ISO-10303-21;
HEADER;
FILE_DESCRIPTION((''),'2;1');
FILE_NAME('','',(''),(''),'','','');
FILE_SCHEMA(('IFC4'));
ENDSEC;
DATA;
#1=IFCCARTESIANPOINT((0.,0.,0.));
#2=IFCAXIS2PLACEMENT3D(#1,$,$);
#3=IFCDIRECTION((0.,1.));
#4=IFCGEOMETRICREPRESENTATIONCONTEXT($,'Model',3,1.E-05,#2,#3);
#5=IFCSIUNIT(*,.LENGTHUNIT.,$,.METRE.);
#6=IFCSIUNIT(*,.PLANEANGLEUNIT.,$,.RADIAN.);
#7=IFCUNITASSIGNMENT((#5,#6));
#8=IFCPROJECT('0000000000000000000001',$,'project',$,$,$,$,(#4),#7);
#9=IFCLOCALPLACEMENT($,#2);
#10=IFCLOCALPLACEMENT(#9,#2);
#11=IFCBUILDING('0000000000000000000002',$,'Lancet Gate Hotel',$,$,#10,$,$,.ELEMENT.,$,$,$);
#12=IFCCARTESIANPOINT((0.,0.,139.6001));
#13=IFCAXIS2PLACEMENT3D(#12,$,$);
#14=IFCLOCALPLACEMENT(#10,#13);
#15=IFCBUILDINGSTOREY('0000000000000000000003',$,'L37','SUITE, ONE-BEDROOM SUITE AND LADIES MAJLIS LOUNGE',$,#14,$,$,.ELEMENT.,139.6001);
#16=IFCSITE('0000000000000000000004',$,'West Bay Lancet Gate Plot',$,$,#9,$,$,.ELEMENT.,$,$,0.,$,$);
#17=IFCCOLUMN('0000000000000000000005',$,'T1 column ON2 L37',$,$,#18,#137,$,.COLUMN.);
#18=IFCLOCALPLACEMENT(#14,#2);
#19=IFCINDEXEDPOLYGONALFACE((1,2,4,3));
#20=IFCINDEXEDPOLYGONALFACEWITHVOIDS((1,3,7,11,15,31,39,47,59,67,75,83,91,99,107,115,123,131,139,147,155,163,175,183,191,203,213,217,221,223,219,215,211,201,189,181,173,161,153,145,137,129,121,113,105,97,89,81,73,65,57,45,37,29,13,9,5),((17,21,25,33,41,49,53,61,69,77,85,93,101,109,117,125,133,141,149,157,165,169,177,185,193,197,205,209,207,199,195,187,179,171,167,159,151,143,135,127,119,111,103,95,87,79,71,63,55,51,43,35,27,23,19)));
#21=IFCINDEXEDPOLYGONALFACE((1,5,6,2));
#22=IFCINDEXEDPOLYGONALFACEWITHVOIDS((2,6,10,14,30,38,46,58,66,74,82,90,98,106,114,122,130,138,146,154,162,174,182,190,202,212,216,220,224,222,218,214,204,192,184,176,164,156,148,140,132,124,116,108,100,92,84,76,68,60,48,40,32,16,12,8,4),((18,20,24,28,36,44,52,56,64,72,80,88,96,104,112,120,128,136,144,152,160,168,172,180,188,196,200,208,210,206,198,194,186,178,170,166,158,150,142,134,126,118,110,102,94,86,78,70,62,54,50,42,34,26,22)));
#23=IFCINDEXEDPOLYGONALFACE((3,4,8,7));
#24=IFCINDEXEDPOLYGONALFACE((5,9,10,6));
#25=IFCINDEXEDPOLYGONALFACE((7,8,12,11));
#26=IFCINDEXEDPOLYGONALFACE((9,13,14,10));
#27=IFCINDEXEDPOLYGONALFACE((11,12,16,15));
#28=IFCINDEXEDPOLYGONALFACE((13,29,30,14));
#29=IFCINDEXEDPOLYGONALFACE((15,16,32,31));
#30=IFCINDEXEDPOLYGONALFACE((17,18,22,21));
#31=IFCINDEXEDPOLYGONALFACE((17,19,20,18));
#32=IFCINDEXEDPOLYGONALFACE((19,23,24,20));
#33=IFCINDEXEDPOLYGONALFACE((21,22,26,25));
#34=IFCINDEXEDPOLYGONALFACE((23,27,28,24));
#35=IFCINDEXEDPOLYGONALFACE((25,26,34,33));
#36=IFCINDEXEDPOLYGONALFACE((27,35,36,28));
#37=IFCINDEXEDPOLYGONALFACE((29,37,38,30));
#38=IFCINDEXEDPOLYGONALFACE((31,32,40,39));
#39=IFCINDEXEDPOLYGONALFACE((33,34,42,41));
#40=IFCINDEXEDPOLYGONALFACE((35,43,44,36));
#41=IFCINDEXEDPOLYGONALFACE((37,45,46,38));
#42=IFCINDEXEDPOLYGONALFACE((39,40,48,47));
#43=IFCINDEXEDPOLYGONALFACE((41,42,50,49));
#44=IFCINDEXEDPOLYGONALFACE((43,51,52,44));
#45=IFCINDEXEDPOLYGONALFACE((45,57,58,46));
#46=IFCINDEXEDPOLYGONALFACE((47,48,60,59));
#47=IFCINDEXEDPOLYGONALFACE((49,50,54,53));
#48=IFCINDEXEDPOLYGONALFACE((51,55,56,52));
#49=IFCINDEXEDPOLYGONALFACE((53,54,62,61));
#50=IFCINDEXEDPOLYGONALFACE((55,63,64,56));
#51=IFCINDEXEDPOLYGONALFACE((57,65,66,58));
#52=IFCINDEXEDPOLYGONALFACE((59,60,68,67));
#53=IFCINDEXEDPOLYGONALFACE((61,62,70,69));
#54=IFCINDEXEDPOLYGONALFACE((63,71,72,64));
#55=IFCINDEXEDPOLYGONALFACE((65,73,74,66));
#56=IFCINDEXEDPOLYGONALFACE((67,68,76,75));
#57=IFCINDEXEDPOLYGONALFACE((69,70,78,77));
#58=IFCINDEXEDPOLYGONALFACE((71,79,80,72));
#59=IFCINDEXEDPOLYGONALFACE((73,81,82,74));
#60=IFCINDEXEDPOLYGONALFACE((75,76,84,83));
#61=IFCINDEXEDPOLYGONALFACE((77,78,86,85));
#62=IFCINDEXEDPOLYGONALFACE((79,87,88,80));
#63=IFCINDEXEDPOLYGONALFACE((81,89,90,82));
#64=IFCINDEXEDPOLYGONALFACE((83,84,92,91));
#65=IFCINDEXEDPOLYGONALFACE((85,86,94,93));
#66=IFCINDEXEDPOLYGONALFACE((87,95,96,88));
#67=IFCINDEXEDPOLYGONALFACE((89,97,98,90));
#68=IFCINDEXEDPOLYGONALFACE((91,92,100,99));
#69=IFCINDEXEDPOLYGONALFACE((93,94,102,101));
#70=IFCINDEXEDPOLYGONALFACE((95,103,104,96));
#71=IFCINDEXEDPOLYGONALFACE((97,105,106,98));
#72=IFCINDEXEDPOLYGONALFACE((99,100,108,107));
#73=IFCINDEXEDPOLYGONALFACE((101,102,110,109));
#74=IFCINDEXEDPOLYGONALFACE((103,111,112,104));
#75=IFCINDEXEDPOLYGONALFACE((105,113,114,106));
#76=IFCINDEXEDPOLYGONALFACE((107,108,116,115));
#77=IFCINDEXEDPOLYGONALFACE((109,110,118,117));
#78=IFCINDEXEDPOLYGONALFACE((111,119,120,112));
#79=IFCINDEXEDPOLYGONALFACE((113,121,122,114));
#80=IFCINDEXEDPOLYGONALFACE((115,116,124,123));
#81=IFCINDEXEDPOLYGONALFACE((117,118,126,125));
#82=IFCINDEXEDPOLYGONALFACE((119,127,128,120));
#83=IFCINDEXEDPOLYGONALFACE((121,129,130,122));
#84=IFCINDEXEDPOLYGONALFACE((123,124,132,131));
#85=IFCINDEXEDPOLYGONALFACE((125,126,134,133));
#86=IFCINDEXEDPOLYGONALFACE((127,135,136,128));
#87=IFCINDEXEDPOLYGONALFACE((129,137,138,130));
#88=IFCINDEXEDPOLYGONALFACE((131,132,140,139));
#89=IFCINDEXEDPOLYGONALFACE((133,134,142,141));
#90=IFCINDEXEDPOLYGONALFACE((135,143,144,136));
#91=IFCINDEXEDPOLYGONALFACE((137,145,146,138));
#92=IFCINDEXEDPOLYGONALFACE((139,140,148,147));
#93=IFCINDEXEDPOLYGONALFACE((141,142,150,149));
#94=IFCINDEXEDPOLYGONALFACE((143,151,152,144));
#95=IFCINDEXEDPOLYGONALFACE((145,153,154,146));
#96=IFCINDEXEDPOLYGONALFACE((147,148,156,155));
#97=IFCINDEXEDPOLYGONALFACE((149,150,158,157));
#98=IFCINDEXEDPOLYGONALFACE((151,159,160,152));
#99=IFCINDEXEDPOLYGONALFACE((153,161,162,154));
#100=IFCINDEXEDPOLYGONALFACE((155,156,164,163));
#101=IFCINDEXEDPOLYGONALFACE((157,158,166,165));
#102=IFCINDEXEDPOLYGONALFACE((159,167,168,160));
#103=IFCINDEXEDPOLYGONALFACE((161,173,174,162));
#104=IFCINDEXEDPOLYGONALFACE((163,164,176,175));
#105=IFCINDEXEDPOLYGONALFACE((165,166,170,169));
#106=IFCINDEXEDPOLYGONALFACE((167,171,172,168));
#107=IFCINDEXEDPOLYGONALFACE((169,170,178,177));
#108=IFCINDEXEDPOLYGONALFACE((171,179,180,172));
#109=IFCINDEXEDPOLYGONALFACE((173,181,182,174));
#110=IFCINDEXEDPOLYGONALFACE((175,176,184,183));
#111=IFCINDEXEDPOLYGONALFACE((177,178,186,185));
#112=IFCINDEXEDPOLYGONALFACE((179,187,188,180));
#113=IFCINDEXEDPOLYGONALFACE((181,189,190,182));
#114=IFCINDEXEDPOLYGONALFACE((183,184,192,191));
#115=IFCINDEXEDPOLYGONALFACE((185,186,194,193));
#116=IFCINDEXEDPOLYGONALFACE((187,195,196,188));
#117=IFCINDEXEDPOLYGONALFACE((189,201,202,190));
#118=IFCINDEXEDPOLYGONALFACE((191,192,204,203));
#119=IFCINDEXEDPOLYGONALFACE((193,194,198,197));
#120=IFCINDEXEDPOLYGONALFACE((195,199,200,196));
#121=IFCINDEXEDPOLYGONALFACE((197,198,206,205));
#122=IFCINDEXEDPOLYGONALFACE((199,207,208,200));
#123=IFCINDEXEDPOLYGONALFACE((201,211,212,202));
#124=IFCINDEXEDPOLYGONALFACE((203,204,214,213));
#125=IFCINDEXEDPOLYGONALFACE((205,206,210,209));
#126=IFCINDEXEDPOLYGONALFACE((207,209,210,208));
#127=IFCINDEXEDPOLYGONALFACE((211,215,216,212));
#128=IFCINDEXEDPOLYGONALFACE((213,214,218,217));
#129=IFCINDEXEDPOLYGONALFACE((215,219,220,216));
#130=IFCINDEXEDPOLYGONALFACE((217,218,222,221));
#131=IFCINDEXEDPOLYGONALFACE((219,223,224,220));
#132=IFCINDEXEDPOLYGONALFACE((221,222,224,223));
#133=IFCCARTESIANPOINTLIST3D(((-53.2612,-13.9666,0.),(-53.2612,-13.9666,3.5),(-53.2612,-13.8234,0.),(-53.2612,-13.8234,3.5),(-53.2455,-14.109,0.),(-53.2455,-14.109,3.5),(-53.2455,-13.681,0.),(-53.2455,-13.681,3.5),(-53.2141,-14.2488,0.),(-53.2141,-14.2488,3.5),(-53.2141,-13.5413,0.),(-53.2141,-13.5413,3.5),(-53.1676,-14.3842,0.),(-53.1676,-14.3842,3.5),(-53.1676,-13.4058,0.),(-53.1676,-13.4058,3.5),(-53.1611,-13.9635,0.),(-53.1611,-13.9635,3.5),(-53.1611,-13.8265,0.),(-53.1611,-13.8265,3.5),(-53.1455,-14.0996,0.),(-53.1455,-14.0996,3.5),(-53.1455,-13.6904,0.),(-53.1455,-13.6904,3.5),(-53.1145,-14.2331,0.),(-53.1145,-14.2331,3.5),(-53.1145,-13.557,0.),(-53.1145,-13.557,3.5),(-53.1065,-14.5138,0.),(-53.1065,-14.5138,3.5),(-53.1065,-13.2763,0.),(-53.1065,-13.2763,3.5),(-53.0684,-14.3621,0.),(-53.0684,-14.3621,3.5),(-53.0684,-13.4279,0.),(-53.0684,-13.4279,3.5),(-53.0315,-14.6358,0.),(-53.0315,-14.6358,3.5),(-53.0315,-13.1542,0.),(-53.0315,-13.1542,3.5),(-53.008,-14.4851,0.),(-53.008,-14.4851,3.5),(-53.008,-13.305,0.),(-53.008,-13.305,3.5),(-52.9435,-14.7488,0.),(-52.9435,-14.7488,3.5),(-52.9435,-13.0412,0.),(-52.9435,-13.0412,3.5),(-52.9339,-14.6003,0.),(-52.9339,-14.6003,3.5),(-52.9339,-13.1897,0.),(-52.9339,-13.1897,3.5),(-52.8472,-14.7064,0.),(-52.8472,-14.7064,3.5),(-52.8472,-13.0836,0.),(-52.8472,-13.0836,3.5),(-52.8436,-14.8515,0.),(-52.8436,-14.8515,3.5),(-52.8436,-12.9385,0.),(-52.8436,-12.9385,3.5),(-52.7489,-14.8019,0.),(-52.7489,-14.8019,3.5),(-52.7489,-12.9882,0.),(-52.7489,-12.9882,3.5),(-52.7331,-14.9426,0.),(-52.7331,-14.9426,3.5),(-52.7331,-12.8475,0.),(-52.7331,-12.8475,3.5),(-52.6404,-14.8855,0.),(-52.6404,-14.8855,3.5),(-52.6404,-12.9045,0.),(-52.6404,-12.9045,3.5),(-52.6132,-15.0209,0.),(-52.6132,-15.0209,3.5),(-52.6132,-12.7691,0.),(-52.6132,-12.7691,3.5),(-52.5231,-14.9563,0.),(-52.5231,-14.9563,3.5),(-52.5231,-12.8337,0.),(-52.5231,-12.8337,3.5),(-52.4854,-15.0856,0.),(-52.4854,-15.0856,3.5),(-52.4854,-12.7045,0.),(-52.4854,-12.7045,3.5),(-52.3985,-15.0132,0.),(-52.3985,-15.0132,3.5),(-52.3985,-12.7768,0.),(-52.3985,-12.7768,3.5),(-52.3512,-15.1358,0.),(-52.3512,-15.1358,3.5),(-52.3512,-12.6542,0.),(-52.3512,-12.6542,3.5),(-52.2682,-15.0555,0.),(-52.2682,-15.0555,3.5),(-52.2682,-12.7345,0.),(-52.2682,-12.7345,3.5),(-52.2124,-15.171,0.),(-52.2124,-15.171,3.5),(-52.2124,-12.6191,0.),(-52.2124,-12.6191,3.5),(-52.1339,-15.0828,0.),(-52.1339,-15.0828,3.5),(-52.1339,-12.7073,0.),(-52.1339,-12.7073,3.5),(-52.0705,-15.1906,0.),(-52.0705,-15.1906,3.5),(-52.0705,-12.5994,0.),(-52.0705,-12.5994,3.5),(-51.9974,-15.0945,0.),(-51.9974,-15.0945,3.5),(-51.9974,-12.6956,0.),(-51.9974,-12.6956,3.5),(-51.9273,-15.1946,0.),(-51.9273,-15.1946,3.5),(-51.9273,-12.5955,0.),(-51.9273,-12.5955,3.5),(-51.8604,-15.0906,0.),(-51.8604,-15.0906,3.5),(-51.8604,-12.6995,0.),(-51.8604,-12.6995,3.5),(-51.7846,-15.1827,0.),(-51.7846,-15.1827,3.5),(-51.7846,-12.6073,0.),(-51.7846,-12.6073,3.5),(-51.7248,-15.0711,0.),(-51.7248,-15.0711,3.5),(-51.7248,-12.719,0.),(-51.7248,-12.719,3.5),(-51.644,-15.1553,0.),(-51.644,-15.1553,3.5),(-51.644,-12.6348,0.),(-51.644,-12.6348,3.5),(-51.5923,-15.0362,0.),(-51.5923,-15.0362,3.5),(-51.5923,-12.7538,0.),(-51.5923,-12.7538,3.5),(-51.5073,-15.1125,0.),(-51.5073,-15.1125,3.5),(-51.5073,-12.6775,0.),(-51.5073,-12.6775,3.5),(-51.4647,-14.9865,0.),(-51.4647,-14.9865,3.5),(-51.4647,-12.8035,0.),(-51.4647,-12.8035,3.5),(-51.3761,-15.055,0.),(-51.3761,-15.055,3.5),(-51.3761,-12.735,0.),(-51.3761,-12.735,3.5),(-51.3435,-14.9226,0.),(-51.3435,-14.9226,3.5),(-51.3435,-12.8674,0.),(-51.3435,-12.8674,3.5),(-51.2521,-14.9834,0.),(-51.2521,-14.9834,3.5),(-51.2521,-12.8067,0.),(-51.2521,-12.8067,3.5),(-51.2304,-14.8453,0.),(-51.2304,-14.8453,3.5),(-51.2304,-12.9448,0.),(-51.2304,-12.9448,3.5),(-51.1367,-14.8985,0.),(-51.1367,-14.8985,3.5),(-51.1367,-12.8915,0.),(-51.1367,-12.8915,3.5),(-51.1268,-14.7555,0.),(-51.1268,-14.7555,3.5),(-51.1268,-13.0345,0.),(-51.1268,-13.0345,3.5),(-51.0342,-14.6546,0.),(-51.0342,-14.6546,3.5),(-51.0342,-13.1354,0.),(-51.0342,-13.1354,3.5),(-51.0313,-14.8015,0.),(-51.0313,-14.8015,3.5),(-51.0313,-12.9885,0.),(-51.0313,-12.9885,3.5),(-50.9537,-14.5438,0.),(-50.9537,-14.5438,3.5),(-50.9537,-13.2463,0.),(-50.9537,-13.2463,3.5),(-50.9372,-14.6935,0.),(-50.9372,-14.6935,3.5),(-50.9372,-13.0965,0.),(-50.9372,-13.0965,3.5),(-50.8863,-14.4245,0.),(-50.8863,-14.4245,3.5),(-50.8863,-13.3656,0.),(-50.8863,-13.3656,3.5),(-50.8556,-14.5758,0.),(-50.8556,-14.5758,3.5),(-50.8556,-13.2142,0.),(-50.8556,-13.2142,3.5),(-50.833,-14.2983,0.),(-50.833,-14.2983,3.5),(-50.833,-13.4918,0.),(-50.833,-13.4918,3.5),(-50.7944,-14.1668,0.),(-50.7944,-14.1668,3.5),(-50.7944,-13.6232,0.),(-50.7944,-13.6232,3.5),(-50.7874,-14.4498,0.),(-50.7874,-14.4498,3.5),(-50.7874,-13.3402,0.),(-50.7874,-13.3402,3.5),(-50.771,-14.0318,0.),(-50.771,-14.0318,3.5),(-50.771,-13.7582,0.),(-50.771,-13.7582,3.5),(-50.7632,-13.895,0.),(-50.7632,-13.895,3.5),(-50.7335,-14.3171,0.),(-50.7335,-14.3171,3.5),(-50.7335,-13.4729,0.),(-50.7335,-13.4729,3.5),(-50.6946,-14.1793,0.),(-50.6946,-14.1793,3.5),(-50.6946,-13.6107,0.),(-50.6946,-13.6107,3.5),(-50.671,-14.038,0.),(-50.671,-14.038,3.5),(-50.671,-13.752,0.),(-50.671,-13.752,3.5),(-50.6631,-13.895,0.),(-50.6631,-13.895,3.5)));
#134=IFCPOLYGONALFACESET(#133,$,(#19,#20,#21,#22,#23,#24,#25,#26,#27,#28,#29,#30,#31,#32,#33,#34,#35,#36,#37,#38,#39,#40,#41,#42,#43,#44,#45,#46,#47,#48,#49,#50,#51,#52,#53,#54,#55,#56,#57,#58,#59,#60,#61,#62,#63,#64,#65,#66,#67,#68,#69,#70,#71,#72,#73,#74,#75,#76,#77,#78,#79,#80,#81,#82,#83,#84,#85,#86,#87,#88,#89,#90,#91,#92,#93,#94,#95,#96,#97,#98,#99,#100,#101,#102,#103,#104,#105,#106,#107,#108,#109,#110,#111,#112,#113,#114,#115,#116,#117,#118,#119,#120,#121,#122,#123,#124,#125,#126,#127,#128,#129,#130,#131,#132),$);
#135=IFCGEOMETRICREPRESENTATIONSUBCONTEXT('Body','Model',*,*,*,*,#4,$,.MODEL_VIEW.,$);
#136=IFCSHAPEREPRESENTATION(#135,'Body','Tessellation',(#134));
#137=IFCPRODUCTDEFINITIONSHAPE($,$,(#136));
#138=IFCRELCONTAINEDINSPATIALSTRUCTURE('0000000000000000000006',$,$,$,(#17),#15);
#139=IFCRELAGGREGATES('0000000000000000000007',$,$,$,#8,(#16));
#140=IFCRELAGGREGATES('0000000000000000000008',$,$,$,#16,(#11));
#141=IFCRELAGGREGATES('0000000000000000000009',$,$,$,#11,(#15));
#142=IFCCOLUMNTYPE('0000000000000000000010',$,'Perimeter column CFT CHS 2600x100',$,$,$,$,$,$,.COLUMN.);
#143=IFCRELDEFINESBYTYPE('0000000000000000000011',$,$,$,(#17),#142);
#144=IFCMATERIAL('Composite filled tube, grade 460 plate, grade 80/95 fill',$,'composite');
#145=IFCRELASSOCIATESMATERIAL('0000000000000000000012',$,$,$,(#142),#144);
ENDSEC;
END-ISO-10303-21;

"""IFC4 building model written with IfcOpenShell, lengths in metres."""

from ifc_helpers import new_model, si_unit, direction, frame, origin, origin_2d, place, context, subcontext, project, spatial, hollow_circle, extrude, material, material_profile, profile_set, type_object, element, save


model = new_model("IFC4")

# Units and contexts
model_context = context("Model", 3, precision=1e-05, world=origin(), true_north=direction((0.0, 1.0)))
body_context = subcontext(model_context, "Body", "Model", "MODEL_VIEW")
ifc_project = project(units=[si_unit("LENGTHUNIT", "METRE"), si_unit("PLANEANGLEUNIT", "RADIAN")], contexts=[model_context])

# Site, building, storey
site_placement = place(None, origin())
site = spatial("IfcSite", under=ifc_project, at=site_placement, Name="West Bay Lancet Gate Plot", CompositionType="ELEMENT", RefElevation=0.0)
building_placement = place(site_placement, origin())
building = spatial("IfcBuilding", under=site, at=building_placement, Name="Lancet Gate Hotel", CompositionType="ELEMENT")
storey_placement = place(building_placement, frame((0.0, 0.0, 139.6001)))
storey = spatial("IfcBuildingStorey", under=building, at=storey_placement, Name="L37", Description="SUITE, ONE-BEDROOM SUITE AND LADIES MAJLIS LOUNGE", CompositionType="ELEMENT", Elevation=139.6001)

# Column
ifc_material_1 = material(Name="Composite filled tube, grade 460 plate, grade 80/95 fill", Category="composite")
ifc_material_profile_1 = material_profile(ifc_material_1, hollow_circle(Radius=1.3, WallThickness=0.1001, at=origin_2d()), Name="CHS 2600x100")
ifc_profile_set_1 = profile_set([ifc_material_profile_1], Name="Composite filled tube, grade 460 plate, grade 80/95 fill")
column_type = type_object("IfcColumnType", Name="Perimeter column CFT CHS 2600x100", PredefinedType="COLUMN", material=ifc_profile_set_1)
for number, where, z_axis, x_axis, name in (
    (1, (-51.9631, -13.895, 0.0), (0.0, 0.0, 1.0), (1.0, 0.0, 0.0), "T1 column ON2 L37"),
):
    element("IfcColumn", number, at=place(storey_placement, frame(where, z_axis=z_axis, x_axis=x_axis)), inside=storey, type_object=column_type, Name=name, PredefinedType="COLUMN", context=body_context, shape_type="SweptSolid", body=[
        extrude(hollow_circle(Radius=1.3, WallThickness=0.1001, at=origin_2d()), origin(), (0.0, 0.0, 1.0), 3.5),
    ])

save(model, "model.ifc")
